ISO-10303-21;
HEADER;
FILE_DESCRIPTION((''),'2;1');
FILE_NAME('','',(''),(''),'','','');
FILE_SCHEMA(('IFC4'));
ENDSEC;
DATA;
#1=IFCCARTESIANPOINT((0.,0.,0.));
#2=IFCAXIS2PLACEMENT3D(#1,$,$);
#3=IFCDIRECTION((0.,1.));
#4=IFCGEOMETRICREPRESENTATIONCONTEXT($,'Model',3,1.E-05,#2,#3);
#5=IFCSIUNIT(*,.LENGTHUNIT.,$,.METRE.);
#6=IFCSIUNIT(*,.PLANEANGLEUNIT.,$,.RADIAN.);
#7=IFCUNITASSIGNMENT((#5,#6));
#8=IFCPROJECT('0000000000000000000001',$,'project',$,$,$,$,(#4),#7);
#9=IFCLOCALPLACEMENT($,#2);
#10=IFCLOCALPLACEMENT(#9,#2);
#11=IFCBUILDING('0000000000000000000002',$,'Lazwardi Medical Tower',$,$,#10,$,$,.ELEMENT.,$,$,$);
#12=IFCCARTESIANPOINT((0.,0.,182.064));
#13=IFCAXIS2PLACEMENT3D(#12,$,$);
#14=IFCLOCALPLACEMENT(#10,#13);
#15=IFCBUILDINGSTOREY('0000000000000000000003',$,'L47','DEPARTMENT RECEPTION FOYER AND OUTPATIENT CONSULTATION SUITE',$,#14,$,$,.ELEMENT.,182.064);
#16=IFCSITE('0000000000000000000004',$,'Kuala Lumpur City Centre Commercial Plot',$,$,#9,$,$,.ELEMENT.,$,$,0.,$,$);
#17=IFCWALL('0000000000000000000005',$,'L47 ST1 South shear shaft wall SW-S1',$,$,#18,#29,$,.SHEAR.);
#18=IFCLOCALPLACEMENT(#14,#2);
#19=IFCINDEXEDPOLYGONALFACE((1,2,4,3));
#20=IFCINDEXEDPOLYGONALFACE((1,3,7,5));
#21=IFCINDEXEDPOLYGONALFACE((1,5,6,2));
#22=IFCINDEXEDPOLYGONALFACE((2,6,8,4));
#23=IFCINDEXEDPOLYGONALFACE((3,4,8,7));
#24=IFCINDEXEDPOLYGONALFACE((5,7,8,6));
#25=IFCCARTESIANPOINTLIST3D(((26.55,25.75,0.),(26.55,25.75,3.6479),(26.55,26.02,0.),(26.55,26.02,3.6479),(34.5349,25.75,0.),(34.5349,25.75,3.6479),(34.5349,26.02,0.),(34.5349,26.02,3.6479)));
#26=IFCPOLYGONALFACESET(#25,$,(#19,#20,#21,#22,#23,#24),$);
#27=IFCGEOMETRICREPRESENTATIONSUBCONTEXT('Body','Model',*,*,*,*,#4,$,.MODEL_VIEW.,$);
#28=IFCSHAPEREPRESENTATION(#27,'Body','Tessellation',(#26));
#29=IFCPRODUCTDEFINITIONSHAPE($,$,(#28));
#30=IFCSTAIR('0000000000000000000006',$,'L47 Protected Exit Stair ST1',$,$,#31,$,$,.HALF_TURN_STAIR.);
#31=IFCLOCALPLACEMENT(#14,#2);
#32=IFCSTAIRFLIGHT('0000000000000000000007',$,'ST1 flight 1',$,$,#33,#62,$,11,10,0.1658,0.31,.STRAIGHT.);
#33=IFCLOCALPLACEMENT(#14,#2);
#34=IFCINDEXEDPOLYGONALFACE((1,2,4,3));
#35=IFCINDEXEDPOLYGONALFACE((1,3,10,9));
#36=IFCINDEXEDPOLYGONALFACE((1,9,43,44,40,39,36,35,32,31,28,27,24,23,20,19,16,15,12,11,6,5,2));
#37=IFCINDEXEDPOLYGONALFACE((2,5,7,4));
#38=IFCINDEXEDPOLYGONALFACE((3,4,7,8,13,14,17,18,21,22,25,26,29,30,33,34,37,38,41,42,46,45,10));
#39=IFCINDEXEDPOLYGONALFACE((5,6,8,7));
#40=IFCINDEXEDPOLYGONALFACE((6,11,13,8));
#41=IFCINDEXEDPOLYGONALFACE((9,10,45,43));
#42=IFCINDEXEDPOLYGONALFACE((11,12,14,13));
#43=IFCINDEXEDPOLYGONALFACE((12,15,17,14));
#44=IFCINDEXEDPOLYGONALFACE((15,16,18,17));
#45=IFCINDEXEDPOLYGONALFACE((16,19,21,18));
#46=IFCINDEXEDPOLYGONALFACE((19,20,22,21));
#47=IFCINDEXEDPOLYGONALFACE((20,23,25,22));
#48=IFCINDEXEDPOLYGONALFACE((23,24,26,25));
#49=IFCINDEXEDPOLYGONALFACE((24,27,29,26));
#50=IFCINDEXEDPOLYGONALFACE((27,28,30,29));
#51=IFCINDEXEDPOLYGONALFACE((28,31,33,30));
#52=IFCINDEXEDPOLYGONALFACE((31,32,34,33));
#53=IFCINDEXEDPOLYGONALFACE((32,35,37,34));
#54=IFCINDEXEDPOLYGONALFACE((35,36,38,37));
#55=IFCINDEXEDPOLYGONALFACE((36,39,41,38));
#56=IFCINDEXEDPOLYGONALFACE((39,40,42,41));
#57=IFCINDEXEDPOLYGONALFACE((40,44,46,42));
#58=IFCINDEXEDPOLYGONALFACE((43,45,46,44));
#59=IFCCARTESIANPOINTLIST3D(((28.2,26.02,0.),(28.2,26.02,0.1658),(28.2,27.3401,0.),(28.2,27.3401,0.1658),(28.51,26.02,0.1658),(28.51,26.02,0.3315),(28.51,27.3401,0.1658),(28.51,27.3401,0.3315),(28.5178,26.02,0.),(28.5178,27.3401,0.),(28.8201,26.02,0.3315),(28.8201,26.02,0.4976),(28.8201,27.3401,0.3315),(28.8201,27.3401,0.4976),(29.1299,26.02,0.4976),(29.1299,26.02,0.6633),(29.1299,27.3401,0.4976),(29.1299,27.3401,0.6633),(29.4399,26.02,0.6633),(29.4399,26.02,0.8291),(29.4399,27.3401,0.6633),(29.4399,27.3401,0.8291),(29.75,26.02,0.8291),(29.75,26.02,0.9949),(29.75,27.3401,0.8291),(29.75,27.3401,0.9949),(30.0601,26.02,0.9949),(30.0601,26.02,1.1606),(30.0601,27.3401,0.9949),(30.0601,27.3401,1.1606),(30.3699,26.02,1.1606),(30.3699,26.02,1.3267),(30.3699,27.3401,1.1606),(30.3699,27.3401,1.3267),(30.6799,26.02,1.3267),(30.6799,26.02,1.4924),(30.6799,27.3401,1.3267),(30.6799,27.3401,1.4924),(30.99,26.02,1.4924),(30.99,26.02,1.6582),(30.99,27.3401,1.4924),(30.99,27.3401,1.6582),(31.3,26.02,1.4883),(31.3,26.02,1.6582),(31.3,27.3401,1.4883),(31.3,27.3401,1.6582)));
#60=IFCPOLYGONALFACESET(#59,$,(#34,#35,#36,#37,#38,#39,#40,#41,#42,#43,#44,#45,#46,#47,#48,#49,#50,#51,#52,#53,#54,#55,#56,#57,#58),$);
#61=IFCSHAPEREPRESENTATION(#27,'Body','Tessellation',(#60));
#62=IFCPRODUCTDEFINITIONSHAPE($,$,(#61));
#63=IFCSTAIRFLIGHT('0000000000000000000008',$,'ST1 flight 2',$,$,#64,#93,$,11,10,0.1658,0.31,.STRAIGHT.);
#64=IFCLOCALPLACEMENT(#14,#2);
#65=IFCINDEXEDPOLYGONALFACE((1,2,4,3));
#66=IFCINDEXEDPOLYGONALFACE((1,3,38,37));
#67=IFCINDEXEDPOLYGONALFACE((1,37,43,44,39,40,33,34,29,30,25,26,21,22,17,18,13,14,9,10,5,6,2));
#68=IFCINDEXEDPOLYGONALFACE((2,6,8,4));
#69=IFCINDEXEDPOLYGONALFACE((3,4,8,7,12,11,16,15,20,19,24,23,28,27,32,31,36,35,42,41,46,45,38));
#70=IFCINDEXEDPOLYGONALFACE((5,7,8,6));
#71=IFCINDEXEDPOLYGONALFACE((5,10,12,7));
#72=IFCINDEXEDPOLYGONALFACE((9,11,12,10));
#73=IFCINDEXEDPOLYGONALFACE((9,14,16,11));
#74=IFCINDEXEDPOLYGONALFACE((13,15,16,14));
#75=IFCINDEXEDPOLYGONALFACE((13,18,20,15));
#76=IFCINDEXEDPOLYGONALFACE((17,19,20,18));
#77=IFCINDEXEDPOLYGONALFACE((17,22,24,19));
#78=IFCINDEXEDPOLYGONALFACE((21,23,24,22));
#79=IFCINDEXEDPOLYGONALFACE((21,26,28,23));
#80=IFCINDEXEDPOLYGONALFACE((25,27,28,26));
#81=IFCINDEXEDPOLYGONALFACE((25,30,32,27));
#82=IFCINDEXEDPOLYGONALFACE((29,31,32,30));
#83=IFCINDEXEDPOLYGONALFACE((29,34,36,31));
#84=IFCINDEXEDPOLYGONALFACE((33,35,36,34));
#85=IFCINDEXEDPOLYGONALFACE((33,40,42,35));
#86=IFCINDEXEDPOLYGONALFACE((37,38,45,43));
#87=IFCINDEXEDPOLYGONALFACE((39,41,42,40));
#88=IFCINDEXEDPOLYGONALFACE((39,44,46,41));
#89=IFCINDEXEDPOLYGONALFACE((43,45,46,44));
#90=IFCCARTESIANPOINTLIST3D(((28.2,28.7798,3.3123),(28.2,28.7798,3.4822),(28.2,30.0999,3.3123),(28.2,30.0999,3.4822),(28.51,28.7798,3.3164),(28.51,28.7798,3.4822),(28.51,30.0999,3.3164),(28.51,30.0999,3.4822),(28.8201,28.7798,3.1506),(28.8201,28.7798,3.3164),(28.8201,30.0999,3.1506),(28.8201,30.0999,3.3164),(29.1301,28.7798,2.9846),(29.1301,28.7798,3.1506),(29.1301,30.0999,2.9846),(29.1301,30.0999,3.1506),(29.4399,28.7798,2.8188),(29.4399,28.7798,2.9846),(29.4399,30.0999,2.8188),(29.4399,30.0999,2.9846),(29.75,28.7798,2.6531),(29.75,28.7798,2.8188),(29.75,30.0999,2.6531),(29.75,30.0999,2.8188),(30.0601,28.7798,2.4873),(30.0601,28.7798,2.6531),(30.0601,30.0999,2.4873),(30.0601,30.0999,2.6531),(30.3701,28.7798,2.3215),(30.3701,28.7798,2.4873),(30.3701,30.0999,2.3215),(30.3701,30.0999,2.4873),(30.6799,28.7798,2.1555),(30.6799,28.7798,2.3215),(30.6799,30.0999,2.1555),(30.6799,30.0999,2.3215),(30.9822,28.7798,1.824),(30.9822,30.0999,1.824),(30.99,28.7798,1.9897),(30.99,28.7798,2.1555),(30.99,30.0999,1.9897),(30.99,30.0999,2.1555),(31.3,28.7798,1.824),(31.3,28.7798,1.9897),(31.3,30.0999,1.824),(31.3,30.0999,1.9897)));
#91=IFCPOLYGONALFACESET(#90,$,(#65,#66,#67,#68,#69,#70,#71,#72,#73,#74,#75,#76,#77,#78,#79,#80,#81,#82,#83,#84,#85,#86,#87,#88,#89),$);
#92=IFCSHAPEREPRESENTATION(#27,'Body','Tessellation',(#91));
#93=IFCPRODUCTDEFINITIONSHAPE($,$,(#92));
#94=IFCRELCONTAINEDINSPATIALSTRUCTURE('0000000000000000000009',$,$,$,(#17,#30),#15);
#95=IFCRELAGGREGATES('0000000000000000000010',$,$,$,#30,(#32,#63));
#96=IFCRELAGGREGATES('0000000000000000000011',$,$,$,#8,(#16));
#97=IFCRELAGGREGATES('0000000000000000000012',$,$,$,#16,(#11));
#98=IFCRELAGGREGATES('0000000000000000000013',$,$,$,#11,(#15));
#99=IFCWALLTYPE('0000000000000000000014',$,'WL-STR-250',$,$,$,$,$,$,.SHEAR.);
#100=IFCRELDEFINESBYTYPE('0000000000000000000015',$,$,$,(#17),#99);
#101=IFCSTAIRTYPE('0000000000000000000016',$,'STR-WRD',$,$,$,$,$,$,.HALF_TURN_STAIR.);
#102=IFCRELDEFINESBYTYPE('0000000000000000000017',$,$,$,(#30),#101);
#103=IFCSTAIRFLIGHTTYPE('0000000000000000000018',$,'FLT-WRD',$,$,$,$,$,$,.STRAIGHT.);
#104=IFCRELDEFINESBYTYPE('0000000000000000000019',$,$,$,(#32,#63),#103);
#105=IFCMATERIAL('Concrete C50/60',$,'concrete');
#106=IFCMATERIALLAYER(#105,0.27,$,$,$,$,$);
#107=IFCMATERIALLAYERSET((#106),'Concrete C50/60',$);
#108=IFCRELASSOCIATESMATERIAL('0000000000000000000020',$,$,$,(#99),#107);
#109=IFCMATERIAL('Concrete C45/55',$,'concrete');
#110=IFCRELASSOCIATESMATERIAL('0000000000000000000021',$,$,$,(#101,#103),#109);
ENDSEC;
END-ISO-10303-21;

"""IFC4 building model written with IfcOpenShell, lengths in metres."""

from ifc_helpers import new_model, si_unit, direction, frame, frame_2d, origin, place, context, subcontext, project, spatial, polyline, rectangle, outline, extrude, material, layer, layer_set, type_object, element, aggregate, save


model = new_model("IFC4")

# Units and contexts
model_context = context("Model", 3, precision=1e-05, world=origin(), true_north=direction((0.0, 1.0)))
body_context = subcontext(model_context, "Body", "Model", "MODEL_VIEW")
ifc_project = project(units=[si_unit("LENGTHUNIT", "METRE"), si_unit("PLANEANGLEUNIT", "RADIAN")], contexts=[model_context])

# Site, building, storey
site_placement = place(None, origin())
site = spatial("IfcSite", under=ifc_project, at=site_placement, Name="Kuala Lumpur City Centre Commercial Plot", CompositionType="ELEMENT", RefElevation=0.0)
building_placement = place(site_placement, origin())
building = spatial("IfcBuilding", under=site, at=building_placement, Name="Lazwardi Medical Tower", CompositionType="ELEMENT")
storey_placement = place(building_placement, frame((0.0, 0.0, 182.064)))
storey = spatial("IfcBuildingStorey", under=building, at=storey_placement, Name="L47", Description="DEPARTMENT RECEPTION FOYER AND OUTPATIENT CONSULTATION SUITE", CompositionType="ELEMENT", Elevation=182.064)

# Wall
ifc_material_1 = material(Name="Concrete C50/60", Category="concrete")
ifc_layer_1 = layer(ifc_material_1, 0.27)
ifc_layer_set_1 = layer_set([ifc_layer_1], Name="Concrete C50/60")
wall_type_1 = type_object("IfcWallType", Name="WL-STR-250", PredefinedType="SHEAR", material=ifc_layer_set_1)
wall_1_placement = place(storey_placement, frame((26.55, 25.885, 0.0), z_axis=(0.0, 0.0, 1.0), x_axis=(1.0, 0.0, 0.0)))
element("IfcWall", 1, at=wall_1_placement, inside=storey, type_object=wall_type_1, Name="L47 ST1 South shear shaft wall SW-S1", PredefinedType="SHEAR", context=body_context, shape_type="SweptSolid", body=[
    extrude(rectangle(XDim=7.9849, YDim=0.27, at=frame_2d((3.9924, 0.0))), origin(), (0.0, 0.0, 1.0), 3.6479),
])

# Stair, stair flights
ifc_material_2 = material(Name="Concrete C45/55", Category="concrete")
stair_type = type_object("IfcStairType", Name="STR-WRD", PredefinedType="HALF_TURN_STAIR", material=ifc_material_2)
stair_placement = place(storey_placement, origin())
stair = element("IfcStair", 2, at=stair_placement, inside=storey, type_object=stair_type, Name="L47 Protected Exit Stair ST1", PredefinedType="HALF_TURN_STAIR")
stair_flight_type = type_object("IfcStairFlightType", Name="FLT-WRD", PredefinedType="STRAIGHT", material=ifc_material_2)
stair_flight_1_placement = place(storey_placement, frame((28.2, 26.6799, 0.0), z_axis=(0.0, 0.0, 1.0), x_axis=(1.0, 0.0, 0.0)))
stair_flight_1 = element("IfcStairFlight", 3, at=stair_flight_1_placement, type_object=stair_flight_type, Name="ST1 flight 1", NumberOfRisers=11, NumberOfTreads=10, PredefinedType="STRAIGHT", RiserHeight=0.1658, TreadLength=0.31, context=body_context, shape_type="SweptSolid", body=[
    extrude(outline(polyline([(0.0, 0.0), (0.0, 0.1658), (0.3101, 0.1658), (0.3101, 0.3315), (0.6201, 0.3315), (0.6201, 0.4976), (0.9299, 0.4976), (0.9299, 0.6633), (1.24, 0.6633), (1.24, 0.8291), (1.55, 0.8291), (1.55, 0.9949), (1.8601, 0.9949), (1.8601, 1.1606), (2.1699, 1.1606), (2.1699, 1.3267), (2.48, 1.3267), (2.48, 1.4924), (2.79, 1.4924), (2.79, 1.6582), (3.1001, 1.6582), (3.1001, 1.824), (3.1001, 1.4883), (0.3179, 0.0), (0.0, 0.0)])), frame((0.0, 0.6602, 0.0), z_axis=(0.0, -1.0, 0.0), x_axis=(1.0, 0.0, 0.0)), (0.0, 0.0, 1.0), 1.3201),
])
stair_flight_2_placement = place(storey_placement, frame((31.3, 29.4399, 1.824), z_axis=(0.0, 0.0, 1.0), x_axis=(-1.0, 0.0, 0.0)))
stair_flight_2 = element("IfcStairFlight", 4, at=stair_flight_2_placement, type_object=stair_flight_type, Name="ST1 flight 2", NumberOfRisers=11, NumberOfTreads=10, PredefinedType="STRAIGHT", RiserHeight=0.1658, TreadLength=0.31, context=body_context, shape_type="SweptSolid", body=[
    extrude(outline(polyline([(0.0, 0.0), (0.0, 0.1658), (0.3101, 0.1658), (0.3101, 0.3315), (0.6201, 0.3315), (0.6201, 0.4976), (0.9299, 0.4976), (0.9299, 0.6633), (1.24, 0.6633), (1.24, 0.8291), (1.55, 0.8291), (1.55, 0.9949), (1.8601, 0.9949), (1.8601, 1.1606), (2.1699, 1.1606), (2.1699, 1.3267), (2.48, 1.3267), (2.48, 1.4924), (2.79, 1.4924), (2.79, 1.6582), (3.1001, 1.6582), (3.1001, 1.824), (3.1001, 1.4883), (0.3179, 0.0), (0.0, 0.0)])), frame((0.0, 0.6602, 0.0), z_axis=(0.0, -1.0, 0.0), x_axis=(1.0, 0.0, 0.0)), (0.0, 0.0, 1.0), 1.3201),
])
aggregate(stair, [stair_flight_1, stair_flight_2])

save(model, "model.ifc")
